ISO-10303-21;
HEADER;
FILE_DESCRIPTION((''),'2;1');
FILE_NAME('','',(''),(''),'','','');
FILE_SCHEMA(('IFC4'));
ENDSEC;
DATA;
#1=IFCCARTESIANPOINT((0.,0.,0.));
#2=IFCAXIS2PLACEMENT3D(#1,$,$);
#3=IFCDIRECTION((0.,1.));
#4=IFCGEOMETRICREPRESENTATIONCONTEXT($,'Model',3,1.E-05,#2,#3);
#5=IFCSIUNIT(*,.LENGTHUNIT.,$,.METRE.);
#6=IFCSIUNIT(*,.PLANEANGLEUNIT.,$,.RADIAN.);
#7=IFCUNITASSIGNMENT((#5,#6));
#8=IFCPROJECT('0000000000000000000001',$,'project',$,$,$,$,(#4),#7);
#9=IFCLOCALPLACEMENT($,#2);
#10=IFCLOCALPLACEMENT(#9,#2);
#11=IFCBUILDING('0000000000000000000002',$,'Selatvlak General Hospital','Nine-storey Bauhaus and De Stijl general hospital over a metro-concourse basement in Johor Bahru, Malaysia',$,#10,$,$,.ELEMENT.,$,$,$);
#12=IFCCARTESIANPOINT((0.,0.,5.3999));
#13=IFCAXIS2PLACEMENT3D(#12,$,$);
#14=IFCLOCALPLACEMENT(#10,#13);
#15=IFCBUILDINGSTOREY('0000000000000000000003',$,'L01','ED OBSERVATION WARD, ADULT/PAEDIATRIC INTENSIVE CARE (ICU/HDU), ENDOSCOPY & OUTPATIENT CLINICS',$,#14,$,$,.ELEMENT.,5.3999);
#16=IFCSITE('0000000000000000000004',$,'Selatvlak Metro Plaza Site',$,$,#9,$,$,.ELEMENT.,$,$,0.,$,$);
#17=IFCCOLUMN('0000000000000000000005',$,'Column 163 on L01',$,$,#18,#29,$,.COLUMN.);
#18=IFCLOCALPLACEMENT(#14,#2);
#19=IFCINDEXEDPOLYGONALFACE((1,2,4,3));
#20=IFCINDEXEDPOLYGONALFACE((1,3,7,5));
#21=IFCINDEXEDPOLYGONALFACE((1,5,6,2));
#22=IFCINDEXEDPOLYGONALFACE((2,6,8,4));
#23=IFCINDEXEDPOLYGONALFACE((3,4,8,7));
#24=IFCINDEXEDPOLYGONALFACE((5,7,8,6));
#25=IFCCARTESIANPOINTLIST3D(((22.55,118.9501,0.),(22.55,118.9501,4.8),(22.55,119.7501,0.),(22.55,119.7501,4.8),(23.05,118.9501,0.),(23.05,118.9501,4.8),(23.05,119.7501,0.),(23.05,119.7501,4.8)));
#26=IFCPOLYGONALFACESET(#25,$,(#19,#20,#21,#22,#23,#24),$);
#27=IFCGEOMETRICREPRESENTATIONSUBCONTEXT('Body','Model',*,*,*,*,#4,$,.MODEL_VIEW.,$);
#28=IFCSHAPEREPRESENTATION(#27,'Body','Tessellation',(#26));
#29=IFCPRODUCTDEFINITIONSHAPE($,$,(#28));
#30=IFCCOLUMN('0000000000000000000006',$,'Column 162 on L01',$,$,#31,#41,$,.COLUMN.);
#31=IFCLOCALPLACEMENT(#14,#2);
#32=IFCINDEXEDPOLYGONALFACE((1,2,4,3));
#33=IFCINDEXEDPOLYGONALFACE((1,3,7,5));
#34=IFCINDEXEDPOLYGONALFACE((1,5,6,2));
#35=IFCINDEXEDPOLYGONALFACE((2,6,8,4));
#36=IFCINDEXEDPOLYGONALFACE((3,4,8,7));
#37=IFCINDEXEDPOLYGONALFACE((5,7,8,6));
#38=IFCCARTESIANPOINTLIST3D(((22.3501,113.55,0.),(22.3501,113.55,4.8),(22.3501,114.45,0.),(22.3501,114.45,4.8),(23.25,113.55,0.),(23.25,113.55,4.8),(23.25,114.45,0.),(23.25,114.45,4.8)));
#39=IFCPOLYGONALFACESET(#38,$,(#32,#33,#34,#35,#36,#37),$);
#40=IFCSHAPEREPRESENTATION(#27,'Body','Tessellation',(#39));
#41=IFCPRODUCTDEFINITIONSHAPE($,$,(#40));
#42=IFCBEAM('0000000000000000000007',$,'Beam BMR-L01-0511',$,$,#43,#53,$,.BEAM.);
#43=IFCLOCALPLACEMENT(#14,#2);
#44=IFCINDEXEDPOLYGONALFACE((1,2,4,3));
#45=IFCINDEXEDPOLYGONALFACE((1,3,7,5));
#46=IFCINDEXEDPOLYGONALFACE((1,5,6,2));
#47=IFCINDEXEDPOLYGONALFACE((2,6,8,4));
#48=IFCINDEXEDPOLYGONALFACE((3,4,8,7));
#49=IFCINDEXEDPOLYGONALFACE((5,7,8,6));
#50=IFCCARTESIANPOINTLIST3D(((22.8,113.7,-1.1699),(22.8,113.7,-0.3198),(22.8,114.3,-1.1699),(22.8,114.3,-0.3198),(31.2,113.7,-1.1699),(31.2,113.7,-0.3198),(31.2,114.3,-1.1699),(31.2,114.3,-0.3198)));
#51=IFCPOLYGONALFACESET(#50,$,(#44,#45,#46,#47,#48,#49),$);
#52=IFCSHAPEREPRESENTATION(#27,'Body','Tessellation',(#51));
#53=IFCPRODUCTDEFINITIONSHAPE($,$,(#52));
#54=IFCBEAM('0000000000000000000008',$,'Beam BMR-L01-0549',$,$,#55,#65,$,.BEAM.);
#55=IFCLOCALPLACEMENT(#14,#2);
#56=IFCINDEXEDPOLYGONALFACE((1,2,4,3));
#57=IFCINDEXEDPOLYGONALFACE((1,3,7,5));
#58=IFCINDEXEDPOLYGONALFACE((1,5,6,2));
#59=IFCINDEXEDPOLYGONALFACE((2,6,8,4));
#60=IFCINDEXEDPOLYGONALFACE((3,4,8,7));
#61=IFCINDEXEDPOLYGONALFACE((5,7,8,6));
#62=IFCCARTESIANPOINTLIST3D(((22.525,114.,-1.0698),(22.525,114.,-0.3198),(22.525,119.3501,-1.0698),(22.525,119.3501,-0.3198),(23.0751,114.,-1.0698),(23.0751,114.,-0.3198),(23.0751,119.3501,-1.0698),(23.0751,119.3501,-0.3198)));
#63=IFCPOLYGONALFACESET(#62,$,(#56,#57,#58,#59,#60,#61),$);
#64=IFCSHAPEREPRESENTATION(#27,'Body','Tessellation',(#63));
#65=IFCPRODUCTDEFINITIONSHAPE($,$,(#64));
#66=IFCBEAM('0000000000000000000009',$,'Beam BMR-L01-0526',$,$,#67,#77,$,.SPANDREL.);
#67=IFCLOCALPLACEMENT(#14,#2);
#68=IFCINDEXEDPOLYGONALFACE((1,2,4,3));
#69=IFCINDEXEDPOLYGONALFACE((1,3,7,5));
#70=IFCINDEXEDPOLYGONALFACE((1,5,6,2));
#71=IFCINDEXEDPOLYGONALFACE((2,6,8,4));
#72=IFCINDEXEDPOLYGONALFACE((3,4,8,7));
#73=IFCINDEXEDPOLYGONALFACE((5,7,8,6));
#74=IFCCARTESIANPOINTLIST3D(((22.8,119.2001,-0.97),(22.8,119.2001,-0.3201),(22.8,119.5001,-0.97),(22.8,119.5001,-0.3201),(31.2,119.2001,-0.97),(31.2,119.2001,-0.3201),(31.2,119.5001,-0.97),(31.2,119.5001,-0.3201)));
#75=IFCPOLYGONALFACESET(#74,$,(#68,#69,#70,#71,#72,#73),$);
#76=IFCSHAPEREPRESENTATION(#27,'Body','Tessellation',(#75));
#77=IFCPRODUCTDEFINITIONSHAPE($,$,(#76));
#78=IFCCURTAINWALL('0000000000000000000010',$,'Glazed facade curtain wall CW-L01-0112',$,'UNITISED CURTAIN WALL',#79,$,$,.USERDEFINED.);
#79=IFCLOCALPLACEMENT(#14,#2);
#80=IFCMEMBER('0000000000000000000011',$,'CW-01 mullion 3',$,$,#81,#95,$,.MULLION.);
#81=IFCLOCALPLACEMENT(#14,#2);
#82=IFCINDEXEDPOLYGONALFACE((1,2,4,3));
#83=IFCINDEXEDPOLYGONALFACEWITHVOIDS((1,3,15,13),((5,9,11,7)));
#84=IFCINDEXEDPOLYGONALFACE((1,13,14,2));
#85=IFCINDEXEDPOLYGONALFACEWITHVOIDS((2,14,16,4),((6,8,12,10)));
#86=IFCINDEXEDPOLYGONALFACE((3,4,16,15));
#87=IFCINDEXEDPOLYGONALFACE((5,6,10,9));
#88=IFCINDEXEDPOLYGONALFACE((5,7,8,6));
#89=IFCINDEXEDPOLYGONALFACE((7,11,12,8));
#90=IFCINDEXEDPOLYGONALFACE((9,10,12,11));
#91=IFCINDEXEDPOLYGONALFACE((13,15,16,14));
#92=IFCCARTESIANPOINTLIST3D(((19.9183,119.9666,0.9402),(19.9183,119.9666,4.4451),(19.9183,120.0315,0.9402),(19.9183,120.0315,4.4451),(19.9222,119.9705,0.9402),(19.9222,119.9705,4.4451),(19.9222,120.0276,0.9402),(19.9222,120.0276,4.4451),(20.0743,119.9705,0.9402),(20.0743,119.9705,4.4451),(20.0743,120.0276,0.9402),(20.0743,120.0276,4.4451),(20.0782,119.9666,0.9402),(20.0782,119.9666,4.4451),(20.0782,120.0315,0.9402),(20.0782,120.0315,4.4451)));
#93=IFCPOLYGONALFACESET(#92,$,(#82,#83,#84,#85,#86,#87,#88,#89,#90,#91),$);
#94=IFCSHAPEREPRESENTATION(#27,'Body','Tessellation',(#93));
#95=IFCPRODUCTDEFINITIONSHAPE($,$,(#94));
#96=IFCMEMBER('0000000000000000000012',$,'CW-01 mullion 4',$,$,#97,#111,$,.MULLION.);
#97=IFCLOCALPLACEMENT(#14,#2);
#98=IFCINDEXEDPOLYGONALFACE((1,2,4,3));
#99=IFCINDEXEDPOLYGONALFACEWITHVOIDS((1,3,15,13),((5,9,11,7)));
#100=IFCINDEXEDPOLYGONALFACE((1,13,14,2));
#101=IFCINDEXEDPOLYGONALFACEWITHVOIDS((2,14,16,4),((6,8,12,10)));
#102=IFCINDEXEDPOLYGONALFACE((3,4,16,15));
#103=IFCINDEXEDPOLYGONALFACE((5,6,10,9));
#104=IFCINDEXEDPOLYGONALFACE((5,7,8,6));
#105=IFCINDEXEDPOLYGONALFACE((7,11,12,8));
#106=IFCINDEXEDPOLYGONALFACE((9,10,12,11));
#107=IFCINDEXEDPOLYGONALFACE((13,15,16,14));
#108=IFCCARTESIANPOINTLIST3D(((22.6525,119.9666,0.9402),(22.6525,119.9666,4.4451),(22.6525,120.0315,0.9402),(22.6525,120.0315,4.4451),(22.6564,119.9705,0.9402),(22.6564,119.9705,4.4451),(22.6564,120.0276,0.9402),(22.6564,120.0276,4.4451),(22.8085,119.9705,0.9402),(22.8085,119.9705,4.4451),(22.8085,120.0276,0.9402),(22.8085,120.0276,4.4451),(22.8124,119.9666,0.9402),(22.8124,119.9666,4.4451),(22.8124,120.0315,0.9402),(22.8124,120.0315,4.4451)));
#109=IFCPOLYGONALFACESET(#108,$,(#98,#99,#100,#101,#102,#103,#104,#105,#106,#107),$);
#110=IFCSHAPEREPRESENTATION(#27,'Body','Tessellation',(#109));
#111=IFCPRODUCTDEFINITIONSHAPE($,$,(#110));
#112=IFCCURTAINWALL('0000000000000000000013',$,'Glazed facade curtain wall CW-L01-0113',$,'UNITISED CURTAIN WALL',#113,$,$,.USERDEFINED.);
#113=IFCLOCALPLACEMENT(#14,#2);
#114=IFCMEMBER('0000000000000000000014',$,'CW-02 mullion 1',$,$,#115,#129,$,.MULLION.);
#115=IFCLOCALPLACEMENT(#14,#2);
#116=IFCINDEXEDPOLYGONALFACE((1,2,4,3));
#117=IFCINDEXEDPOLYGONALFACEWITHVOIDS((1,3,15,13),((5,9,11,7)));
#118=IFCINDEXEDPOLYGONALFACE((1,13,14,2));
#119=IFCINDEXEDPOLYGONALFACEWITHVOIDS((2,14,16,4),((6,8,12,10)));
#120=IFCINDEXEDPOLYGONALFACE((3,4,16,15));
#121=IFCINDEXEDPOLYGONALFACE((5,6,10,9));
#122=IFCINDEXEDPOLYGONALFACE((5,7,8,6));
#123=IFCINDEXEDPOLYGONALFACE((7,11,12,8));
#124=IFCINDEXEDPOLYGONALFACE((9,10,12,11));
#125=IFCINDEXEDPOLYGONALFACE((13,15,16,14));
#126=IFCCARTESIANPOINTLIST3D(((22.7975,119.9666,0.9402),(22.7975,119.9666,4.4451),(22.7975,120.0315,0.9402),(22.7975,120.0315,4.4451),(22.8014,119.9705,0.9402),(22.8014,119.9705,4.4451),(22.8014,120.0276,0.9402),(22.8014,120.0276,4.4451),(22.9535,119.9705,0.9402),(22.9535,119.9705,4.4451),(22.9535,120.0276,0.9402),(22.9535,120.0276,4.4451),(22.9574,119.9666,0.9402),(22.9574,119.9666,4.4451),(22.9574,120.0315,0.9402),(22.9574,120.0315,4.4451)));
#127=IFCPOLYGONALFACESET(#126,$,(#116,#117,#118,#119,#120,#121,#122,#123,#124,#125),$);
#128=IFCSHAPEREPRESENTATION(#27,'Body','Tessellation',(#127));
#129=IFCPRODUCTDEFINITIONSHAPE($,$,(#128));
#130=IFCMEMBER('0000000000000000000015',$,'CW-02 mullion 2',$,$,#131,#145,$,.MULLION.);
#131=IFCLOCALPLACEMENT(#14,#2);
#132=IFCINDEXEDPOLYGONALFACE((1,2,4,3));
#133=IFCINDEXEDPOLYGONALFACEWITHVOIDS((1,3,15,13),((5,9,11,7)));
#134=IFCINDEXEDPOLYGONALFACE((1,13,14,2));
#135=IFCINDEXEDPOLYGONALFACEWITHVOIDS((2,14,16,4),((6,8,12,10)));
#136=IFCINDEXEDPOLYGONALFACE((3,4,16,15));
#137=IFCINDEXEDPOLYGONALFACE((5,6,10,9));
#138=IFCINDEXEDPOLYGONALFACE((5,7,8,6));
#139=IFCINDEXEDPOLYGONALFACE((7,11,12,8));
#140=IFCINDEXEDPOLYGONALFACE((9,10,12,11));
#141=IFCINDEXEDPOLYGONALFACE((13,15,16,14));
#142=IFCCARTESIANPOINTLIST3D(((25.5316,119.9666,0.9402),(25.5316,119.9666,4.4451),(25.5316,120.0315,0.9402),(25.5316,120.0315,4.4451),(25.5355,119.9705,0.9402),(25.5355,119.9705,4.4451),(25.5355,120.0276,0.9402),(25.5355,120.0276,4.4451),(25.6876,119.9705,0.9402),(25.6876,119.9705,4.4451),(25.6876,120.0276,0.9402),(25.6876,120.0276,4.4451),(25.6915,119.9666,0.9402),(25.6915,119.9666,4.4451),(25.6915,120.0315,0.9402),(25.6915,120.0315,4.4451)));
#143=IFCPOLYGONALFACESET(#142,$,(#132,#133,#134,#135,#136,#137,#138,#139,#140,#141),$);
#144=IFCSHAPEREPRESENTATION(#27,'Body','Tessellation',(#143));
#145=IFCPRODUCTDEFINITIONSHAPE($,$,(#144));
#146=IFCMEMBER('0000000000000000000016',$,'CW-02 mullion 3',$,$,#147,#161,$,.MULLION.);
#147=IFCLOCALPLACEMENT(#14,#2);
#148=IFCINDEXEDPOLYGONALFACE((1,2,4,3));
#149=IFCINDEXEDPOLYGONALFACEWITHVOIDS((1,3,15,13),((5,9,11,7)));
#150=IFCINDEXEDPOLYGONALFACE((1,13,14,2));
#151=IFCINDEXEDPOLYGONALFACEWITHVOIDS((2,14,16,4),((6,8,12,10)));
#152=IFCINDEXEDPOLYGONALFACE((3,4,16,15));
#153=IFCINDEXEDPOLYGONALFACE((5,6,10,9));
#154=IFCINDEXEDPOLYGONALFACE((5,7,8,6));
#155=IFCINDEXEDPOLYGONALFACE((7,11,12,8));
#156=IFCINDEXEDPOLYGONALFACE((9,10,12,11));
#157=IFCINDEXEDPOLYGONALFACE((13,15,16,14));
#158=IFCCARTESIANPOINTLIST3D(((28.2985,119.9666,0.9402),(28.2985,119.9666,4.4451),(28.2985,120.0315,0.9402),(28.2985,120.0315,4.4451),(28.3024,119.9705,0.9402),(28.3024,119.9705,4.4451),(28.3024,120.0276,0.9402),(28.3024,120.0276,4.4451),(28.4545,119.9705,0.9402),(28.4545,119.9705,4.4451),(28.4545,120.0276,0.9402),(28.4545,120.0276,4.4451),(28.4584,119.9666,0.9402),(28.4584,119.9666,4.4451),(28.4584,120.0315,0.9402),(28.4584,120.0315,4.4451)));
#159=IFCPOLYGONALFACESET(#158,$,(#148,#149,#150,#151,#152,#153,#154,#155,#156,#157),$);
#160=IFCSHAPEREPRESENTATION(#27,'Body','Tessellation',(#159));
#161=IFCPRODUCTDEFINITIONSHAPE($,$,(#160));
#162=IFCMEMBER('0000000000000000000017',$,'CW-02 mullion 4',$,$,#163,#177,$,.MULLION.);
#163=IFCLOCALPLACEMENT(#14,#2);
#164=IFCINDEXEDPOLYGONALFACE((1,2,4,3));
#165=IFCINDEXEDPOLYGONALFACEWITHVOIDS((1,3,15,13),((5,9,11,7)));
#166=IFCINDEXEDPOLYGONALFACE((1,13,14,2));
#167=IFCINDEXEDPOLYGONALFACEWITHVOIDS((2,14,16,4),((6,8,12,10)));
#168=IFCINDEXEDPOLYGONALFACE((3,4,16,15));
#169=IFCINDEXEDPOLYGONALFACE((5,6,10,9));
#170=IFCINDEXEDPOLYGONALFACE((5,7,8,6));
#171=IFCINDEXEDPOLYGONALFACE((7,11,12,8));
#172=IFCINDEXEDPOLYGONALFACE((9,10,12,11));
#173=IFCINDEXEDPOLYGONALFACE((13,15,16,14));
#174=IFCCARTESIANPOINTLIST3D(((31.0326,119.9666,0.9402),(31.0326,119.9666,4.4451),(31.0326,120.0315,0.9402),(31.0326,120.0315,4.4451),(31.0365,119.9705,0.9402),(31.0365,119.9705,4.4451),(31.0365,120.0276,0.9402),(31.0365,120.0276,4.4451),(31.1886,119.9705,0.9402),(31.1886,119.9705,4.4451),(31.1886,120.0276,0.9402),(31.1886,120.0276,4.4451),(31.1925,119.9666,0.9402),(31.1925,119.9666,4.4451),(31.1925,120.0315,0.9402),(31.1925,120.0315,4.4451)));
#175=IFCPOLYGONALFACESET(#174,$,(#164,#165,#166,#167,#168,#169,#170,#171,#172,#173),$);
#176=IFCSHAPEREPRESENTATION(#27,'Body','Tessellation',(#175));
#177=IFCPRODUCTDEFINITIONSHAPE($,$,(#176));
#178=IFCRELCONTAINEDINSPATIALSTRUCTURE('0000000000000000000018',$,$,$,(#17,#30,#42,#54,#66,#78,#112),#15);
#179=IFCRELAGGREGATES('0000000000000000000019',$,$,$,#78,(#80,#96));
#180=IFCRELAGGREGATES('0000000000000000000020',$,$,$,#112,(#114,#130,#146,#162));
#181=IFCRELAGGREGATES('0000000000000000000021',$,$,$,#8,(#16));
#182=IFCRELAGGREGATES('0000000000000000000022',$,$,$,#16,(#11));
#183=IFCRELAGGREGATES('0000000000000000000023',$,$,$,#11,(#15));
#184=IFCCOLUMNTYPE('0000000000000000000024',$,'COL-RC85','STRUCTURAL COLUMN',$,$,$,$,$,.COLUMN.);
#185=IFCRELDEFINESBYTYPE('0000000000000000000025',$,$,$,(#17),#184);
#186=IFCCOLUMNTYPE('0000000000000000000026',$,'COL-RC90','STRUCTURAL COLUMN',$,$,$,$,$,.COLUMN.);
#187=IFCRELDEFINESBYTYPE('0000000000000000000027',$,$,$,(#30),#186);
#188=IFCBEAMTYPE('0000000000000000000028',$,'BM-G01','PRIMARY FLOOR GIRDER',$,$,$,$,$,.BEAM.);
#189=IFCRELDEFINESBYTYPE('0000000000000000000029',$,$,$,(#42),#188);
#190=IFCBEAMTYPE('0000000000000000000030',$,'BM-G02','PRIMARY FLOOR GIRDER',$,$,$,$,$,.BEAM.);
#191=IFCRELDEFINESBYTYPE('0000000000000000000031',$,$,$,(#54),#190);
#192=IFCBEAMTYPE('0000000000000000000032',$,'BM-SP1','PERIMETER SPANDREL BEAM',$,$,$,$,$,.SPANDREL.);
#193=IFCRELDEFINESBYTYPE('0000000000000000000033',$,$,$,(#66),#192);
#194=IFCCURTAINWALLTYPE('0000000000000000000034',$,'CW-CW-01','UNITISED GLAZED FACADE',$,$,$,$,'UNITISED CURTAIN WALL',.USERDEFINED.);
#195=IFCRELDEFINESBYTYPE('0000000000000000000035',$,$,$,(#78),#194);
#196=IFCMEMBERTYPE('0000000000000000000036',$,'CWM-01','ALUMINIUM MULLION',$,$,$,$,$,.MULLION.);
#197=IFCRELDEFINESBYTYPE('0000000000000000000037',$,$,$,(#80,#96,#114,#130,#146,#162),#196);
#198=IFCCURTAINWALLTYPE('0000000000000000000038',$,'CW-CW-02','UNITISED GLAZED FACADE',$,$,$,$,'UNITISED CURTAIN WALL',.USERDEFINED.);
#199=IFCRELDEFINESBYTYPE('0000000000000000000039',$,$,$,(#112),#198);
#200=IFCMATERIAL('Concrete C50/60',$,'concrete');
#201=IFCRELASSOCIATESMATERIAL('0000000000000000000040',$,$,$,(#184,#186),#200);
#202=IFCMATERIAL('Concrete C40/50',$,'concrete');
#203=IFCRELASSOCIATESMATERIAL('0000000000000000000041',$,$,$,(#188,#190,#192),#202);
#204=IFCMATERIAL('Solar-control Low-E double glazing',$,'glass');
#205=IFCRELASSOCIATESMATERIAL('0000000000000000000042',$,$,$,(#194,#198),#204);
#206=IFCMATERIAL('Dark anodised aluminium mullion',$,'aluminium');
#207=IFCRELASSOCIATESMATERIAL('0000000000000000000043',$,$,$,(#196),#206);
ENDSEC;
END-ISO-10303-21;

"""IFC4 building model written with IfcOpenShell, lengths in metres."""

from ifc_helpers import new_model, si_unit, direction, frame, origin, origin_2d, place, context, subcontext, project, spatial, rectangle, hollow_rectangle, extrude, material, material_profile, profile_set, type_object, element, aggregate, save


model = new_model("IFC4")

# Units and contexts
model_context = context("Model", 3, precision=1e-05, world=origin(), true_north=direction((0.0, 1.0)))
body_context = subcontext(model_context, "Body", "Model", "MODEL_VIEW")
ifc_project = project(units=[si_unit("LENGTHUNIT", "METRE"), si_unit("PLANEANGLEUNIT", "RADIAN")], contexts=[model_context])

# Site, building, storey
site_placement = place(None, origin())
site = spatial("IfcSite", under=ifc_project, at=site_placement, Name="Selatvlak Metro Plaza Site", CompositionType="ELEMENT", RefElevation=0.0)
building_placement = place(site_placement, origin())
building = spatial("IfcBuilding", under=site, at=building_placement, Name="Selatvlak General Hospital", Description="Nine-storey Bauhaus and De Stijl general hospital over a metro-concourse basement in Johor Bahru, Malaysia", CompositionType="ELEMENT")
storey_placement = place(building_placement, frame((0.0, 0.0, 5.3999)))
storey = spatial("IfcBuildingStorey", under=building, at=storey_placement, Name="L01", Description="ED OBSERVATION WARD, ADULT/PAEDIATRIC INTENSIVE CARE (ICU/HDU), ENDOSCOPY & OUTPATIENT CLINICS", CompositionType="ELEMENT", Elevation=5.3999)

# Columns
ifc_material_1 = material(Name="Concrete C50/60", Category="concrete")
ifc_material_profile_1 = material_profile(ifc_material_1, rectangle(XDim=0.5, YDim=0.8, at=origin_2d()), Name="RC-COL 800x500")
ifc_profile_set_1 = profile_set([ifc_material_profile_1], Name="Concrete C50/60")
column_type_1 = type_object("IfcColumnType", Name="COL-RC85", Description="STRUCTURAL COLUMN", PredefinedType="COLUMN", material=ifc_profile_set_1)
column_1_placement = place(storey_placement, frame((22.8, 119.3501, 0.0), z_axis=(0.0, 0.0, 1.0), x_axis=(1.0, 0.0, 0.0)))
element("IfcColumn", 1, at=column_1_placement, inside=storey, type_object=column_type_1, Name="Column 163 on L01", PredefinedType="COLUMN", context=body_context, shape_type="SweptSolid", body=[
    extrude(rectangle(XDim=0.5, YDim=0.8, at=origin_2d()), origin(), (0.0, 0.0, 1.0), 4.8),
])
ifc_material_profile_2 = material_profile(ifc_material_1, rectangle(XDim=0.8999, YDim=0.8999, at=origin_2d()), Name="RC-COL 900x900")
ifc_profile_set_2 = profile_set([ifc_material_profile_2], Name="Concrete C50/60")
column_type_2 = type_object("IfcColumnType", Name="COL-RC90", Description="STRUCTURAL COLUMN", PredefinedType="COLUMN", material=ifc_profile_set_2)
column_2_placement = place(storey_placement, frame((22.8, 114.0, 0.0), z_axis=(0.0, 0.0, 1.0), x_axis=(1.0, 0.0, 0.0)))
element("IfcColumn", 2, at=column_2_placement, inside=storey, type_object=column_type_2, Name="Column 162 on L01", PredefinedType="COLUMN", context=body_context, shape_type="SweptSolid", body=[
    extrude(rectangle(XDim=0.8999, YDim=0.8999, at=origin_2d()), origin(), (0.0, 0.0, 1.0), 4.8),
])

# Beams
ifc_material_2 = material(Name="Concrete C40/50", Category="concrete")
ifc_material_profile_3 = material_profile(ifc_material_2, rectangle(XDim=0.6001, YDim=0.8501, at=origin_2d()), Name="RC-BM 600x850")
ifc_profile_set_3 = profile_set([ifc_material_profile_3], Name="Concrete C40/50")
beam_type_1 = type_object("IfcBeamType", Name="BM-G01", Description="PRIMARY FLOOR GIRDER", PredefinedType="BEAM", material=ifc_profile_set_3)
beam_1_placement = place(storey_placement, frame((22.8, 114.0, -0.7449), z_axis=(1.0, 0.0, 0.0), x_axis=(0.0, 1.0, 0.0)))
element("IfcBeam", 3, at=beam_1_placement, inside=storey, type_object=beam_type_1, Name="Beam BMR-L01-0511", PredefinedType="BEAM", context=body_context, shape_type="SweptSolid", body=[
    extrude(rectangle(XDim=0.6001, YDim=0.8501, at=origin_2d()), origin(), (0.0, 0.0, 1.0), 8.3999),
])
ifc_material_profile_4 = material_profile(ifc_material_2, rectangle(XDim=0.55, YDim=0.75, at=origin_2d()), Name="RC-BM 550x750")
ifc_profile_set_4 = profile_set([ifc_material_profile_4], Name="Concrete C40/50")
beam_type_2 = type_object("IfcBeamType", Name="BM-G02", Description="PRIMARY FLOOR GIRDER", PredefinedType="BEAM", material=ifc_profile_set_4)
beam_2_placement = place(storey_placement, frame((22.8, 114.0, -0.6948), z_axis=(0.0, 1.0, 0.0), x_axis=(-1.0, 0.0, 0.0)))
element("IfcBeam", 4, at=beam_2_placement, inside=storey, type_object=beam_type_2, Name="Beam BMR-L01-0549", PredefinedType="BEAM", context=body_context, shape_type="SweptSolid", body=[
    extrude(rectangle(XDim=0.55, YDim=0.75, at=origin_2d()), origin(), (0.0, 0.0, 1.0), 5.3501),
])
ifc_material_profile_5 = material_profile(ifc_material_2, rectangle(XDim=0.3, YDim=0.6499, at=origin_2d()), Name="RC-SP 300x650")
ifc_profile_set_5 = profile_set([ifc_material_profile_5], Name="Concrete C40/50")
beam_type_3 = type_object("IfcBeamType", Name="BM-SP1", Description="PERIMETER SPANDREL BEAM", PredefinedType="SPANDREL", material=ifc_profile_set_5)
beam_3_placement = place(storey_placement, frame((22.8, 119.3501, -0.645), z_axis=(1.0, 0.0, 0.0), x_axis=(0.0, 1.0, 0.0)))
element("IfcBeam", 5, at=beam_3_placement, inside=storey, type_object=beam_type_3, Name="Beam BMR-L01-0526", PredefinedType="SPANDREL", context=body_context, shape_type="SweptSolid", body=[
    extrude(rectangle(XDim=0.3, YDim=0.6499, at=origin_2d()), origin(), (0.0, 0.0, 1.0), 8.3999),
])

# Curtain walls, members
ifc_material_3 = material(Name="Solar-control Low-E double glazing", Category="glass")
curtain_wall_type_1 = type_object("IfcCurtainWallType", Name="CW-CW-01", Description="UNITISED GLAZED FACADE", ElementType="UNITISED CURTAIN WALL", PredefinedType="USERDEFINED", material=ifc_material_3)
curtain_wall_1_placement = place(storey_placement, origin())
curtain_wall_1 = element("IfcCurtainWall", 6, at=curtain_wall_1_placement, inside=storey, type_object=curtain_wall_type_1, Name="Glazed facade curtain wall CW-L01-0112", ObjectType="UNITISED CURTAIN WALL", PredefinedType="USERDEFINED")
ifc_material_4 = material(Name="Dark anodised aluminium mullion", Category="aluminium")
ifc_material_profile_6 = material_profile(ifc_material_4, hollow_rectangle(XDim=0.0649, YDim=0.1599, WallThickness=0.0039, at=origin_2d()), Name="AL-MUL 65x160x4")
ifc_profile_set_6 = profile_set([ifc_material_profile_6], Name="Dark anodised aluminium mullion")
member_type_1 = type_object("IfcMemberType", Name="CWM-01", Description="ALUMINIUM MULLION", PredefinedType="MULLION", material=ifc_profile_set_6)
member_1_placement = place(storey_placement, frame((19.9983, 119.999, 0.9402), z_axis=(0.0, 0.0, 1.0), x_axis=(0.0, 1.0, 0.0)))
member_1 = element("IfcMember", 7, at=member_1_placement, type_object=member_type_1, Name="CW-01 mullion 3", PredefinedType="MULLION", context=body_context, shape_type="SweptSolid", body=[
    extrude(hollow_rectangle(XDim=0.0649, YDim=0.1599, WallThickness=0.0039, at=origin_2d()), origin(), (0.0, 0.0, 1.0), 3.5049),
])
member_2_placement = place(storey_placement, frame((22.7324, 119.999, 0.9402), z_axis=(0.0, 0.0, 1.0), x_axis=(0.0, 1.0, 0.0)))
member_2 = element("IfcMember", 8, at=member_2_placement, type_object=member_type_1, Name="CW-01 mullion 4", PredefinedType="MULLION", context=body_context, shape_type="SweptSolid", body=[
    extrude(hollow_rectangle(XDim=0.0649, YDim=0.1599, WallThickness=0.0039, at=origin_2d()), origin(), (0.0, 0.0, 1.0), 3.5049),
])
curtain_wall_type_2 = type_object("IfcCurtainWallType", Name="CW-CW-02", Description="UNITISED GLAZED FACADE", ElementType="UNITISED CURTAIN WALL", PredefinedType="USERDEFINED", material=ifc_material_3)
curtain_wall_2_placement = place(storey_placement, origin())
curtain_wall_2 = element("IfcCurtainWall", 9, at=curtain_wall_2_placement, inside=storey, type_object=curtain_wall_type_2, Name="Glazed facade curtain wall CW-L01-0113", ObjectType="UNITISED CURTAIN WALL", PredefinedType="USERDEFINED")
member_3_placement = place(storey_placement, frame((22.8774, 119.999, 0.9402), z_axis=(0.0, 0.0, 1.0), x_axis=(0.0, 1.0, 0.0)))
member_3 = element("IfcMember", 10, at=member_3_placement, type_object=member_type_1, Name="CW-02 mullion 1", PredefinedType="MULLION", context=body_context, shape_type="SweptSolid", body=[
    extrude(hollow_rectangle(XDim=0.0649, YDim=0.1599, WallThickness=0.0039, at=origin_2d()), origin(), (0.0, 0.0, 1.0), 3.5049),
])
member_4_placement = place(storey_placement, frame((25.6116, 119.999, 0.9402), z_axis=(0.0, 0.0, 1.0), x_axis=(0.0, 1.0, 0.0)))
member_4 = element("IfcMember", 11, at=member_4_placement, type_object=member_type_1, Name="CW-02 mullion 2", PredefinedType="MULLION", context=body_context, shape_type="SweptSolid", body=[
    extrude(hollow_rectangle(XDim=0.0649, YDim=0.1599, WallThickness=0.0039, at=origin_2d()), origin(), (0.0, 0.0, 1.0), 3.5049),
])
member_5_placement = place(storey_placement, frame((28.3784, 119.999, 0.9402), z_axis=(0.0, 0.0, 1.0), x_axis=(0.0, 1.0, 0.0)))
member_5 = element("IfcMember", 12, at=member_5_placement, type_object=member_type_1, Name="CW-02 mullion 3", PredefinedType="MULLION", context=body_context, shape_type="SweptSolid", body=[
    extrude(hollow_rectangle(XDim=0.0649, YDim=0.1599, WallThickness=0.0039, at=origin_2d()), origin(), (0.0, 0.0, 1.0), 3.5049),
])
member_6_placement = place(storey_placement, frame((31.1125, 119.999, 0.9402), z_axis=(0.0, 0.0, 1.0), x_axis=(0.0, 1.0, 0.0)))
member_6 = element("IfcMember", 13, at=member_6_placement, type_object=member_type_1, Name="CW-02 mullion 4", PredefinedType="MULLION", context=body_context, shape_type="SweptSolid", body=[
    extrude(hollow_rectangle(XDim=0.0649, YDim=0.1599, WallThickness=0.0039, at=origin_2d()), origin(), (0.0, 0.0, 1.0), 3.5049),
])

aggregate(curtain_wall_1, [member_1, member_2])
aggregate(curtain_wall_2, [member_3, member_4, member_5, member_6])

save(model, "model.ifc")
